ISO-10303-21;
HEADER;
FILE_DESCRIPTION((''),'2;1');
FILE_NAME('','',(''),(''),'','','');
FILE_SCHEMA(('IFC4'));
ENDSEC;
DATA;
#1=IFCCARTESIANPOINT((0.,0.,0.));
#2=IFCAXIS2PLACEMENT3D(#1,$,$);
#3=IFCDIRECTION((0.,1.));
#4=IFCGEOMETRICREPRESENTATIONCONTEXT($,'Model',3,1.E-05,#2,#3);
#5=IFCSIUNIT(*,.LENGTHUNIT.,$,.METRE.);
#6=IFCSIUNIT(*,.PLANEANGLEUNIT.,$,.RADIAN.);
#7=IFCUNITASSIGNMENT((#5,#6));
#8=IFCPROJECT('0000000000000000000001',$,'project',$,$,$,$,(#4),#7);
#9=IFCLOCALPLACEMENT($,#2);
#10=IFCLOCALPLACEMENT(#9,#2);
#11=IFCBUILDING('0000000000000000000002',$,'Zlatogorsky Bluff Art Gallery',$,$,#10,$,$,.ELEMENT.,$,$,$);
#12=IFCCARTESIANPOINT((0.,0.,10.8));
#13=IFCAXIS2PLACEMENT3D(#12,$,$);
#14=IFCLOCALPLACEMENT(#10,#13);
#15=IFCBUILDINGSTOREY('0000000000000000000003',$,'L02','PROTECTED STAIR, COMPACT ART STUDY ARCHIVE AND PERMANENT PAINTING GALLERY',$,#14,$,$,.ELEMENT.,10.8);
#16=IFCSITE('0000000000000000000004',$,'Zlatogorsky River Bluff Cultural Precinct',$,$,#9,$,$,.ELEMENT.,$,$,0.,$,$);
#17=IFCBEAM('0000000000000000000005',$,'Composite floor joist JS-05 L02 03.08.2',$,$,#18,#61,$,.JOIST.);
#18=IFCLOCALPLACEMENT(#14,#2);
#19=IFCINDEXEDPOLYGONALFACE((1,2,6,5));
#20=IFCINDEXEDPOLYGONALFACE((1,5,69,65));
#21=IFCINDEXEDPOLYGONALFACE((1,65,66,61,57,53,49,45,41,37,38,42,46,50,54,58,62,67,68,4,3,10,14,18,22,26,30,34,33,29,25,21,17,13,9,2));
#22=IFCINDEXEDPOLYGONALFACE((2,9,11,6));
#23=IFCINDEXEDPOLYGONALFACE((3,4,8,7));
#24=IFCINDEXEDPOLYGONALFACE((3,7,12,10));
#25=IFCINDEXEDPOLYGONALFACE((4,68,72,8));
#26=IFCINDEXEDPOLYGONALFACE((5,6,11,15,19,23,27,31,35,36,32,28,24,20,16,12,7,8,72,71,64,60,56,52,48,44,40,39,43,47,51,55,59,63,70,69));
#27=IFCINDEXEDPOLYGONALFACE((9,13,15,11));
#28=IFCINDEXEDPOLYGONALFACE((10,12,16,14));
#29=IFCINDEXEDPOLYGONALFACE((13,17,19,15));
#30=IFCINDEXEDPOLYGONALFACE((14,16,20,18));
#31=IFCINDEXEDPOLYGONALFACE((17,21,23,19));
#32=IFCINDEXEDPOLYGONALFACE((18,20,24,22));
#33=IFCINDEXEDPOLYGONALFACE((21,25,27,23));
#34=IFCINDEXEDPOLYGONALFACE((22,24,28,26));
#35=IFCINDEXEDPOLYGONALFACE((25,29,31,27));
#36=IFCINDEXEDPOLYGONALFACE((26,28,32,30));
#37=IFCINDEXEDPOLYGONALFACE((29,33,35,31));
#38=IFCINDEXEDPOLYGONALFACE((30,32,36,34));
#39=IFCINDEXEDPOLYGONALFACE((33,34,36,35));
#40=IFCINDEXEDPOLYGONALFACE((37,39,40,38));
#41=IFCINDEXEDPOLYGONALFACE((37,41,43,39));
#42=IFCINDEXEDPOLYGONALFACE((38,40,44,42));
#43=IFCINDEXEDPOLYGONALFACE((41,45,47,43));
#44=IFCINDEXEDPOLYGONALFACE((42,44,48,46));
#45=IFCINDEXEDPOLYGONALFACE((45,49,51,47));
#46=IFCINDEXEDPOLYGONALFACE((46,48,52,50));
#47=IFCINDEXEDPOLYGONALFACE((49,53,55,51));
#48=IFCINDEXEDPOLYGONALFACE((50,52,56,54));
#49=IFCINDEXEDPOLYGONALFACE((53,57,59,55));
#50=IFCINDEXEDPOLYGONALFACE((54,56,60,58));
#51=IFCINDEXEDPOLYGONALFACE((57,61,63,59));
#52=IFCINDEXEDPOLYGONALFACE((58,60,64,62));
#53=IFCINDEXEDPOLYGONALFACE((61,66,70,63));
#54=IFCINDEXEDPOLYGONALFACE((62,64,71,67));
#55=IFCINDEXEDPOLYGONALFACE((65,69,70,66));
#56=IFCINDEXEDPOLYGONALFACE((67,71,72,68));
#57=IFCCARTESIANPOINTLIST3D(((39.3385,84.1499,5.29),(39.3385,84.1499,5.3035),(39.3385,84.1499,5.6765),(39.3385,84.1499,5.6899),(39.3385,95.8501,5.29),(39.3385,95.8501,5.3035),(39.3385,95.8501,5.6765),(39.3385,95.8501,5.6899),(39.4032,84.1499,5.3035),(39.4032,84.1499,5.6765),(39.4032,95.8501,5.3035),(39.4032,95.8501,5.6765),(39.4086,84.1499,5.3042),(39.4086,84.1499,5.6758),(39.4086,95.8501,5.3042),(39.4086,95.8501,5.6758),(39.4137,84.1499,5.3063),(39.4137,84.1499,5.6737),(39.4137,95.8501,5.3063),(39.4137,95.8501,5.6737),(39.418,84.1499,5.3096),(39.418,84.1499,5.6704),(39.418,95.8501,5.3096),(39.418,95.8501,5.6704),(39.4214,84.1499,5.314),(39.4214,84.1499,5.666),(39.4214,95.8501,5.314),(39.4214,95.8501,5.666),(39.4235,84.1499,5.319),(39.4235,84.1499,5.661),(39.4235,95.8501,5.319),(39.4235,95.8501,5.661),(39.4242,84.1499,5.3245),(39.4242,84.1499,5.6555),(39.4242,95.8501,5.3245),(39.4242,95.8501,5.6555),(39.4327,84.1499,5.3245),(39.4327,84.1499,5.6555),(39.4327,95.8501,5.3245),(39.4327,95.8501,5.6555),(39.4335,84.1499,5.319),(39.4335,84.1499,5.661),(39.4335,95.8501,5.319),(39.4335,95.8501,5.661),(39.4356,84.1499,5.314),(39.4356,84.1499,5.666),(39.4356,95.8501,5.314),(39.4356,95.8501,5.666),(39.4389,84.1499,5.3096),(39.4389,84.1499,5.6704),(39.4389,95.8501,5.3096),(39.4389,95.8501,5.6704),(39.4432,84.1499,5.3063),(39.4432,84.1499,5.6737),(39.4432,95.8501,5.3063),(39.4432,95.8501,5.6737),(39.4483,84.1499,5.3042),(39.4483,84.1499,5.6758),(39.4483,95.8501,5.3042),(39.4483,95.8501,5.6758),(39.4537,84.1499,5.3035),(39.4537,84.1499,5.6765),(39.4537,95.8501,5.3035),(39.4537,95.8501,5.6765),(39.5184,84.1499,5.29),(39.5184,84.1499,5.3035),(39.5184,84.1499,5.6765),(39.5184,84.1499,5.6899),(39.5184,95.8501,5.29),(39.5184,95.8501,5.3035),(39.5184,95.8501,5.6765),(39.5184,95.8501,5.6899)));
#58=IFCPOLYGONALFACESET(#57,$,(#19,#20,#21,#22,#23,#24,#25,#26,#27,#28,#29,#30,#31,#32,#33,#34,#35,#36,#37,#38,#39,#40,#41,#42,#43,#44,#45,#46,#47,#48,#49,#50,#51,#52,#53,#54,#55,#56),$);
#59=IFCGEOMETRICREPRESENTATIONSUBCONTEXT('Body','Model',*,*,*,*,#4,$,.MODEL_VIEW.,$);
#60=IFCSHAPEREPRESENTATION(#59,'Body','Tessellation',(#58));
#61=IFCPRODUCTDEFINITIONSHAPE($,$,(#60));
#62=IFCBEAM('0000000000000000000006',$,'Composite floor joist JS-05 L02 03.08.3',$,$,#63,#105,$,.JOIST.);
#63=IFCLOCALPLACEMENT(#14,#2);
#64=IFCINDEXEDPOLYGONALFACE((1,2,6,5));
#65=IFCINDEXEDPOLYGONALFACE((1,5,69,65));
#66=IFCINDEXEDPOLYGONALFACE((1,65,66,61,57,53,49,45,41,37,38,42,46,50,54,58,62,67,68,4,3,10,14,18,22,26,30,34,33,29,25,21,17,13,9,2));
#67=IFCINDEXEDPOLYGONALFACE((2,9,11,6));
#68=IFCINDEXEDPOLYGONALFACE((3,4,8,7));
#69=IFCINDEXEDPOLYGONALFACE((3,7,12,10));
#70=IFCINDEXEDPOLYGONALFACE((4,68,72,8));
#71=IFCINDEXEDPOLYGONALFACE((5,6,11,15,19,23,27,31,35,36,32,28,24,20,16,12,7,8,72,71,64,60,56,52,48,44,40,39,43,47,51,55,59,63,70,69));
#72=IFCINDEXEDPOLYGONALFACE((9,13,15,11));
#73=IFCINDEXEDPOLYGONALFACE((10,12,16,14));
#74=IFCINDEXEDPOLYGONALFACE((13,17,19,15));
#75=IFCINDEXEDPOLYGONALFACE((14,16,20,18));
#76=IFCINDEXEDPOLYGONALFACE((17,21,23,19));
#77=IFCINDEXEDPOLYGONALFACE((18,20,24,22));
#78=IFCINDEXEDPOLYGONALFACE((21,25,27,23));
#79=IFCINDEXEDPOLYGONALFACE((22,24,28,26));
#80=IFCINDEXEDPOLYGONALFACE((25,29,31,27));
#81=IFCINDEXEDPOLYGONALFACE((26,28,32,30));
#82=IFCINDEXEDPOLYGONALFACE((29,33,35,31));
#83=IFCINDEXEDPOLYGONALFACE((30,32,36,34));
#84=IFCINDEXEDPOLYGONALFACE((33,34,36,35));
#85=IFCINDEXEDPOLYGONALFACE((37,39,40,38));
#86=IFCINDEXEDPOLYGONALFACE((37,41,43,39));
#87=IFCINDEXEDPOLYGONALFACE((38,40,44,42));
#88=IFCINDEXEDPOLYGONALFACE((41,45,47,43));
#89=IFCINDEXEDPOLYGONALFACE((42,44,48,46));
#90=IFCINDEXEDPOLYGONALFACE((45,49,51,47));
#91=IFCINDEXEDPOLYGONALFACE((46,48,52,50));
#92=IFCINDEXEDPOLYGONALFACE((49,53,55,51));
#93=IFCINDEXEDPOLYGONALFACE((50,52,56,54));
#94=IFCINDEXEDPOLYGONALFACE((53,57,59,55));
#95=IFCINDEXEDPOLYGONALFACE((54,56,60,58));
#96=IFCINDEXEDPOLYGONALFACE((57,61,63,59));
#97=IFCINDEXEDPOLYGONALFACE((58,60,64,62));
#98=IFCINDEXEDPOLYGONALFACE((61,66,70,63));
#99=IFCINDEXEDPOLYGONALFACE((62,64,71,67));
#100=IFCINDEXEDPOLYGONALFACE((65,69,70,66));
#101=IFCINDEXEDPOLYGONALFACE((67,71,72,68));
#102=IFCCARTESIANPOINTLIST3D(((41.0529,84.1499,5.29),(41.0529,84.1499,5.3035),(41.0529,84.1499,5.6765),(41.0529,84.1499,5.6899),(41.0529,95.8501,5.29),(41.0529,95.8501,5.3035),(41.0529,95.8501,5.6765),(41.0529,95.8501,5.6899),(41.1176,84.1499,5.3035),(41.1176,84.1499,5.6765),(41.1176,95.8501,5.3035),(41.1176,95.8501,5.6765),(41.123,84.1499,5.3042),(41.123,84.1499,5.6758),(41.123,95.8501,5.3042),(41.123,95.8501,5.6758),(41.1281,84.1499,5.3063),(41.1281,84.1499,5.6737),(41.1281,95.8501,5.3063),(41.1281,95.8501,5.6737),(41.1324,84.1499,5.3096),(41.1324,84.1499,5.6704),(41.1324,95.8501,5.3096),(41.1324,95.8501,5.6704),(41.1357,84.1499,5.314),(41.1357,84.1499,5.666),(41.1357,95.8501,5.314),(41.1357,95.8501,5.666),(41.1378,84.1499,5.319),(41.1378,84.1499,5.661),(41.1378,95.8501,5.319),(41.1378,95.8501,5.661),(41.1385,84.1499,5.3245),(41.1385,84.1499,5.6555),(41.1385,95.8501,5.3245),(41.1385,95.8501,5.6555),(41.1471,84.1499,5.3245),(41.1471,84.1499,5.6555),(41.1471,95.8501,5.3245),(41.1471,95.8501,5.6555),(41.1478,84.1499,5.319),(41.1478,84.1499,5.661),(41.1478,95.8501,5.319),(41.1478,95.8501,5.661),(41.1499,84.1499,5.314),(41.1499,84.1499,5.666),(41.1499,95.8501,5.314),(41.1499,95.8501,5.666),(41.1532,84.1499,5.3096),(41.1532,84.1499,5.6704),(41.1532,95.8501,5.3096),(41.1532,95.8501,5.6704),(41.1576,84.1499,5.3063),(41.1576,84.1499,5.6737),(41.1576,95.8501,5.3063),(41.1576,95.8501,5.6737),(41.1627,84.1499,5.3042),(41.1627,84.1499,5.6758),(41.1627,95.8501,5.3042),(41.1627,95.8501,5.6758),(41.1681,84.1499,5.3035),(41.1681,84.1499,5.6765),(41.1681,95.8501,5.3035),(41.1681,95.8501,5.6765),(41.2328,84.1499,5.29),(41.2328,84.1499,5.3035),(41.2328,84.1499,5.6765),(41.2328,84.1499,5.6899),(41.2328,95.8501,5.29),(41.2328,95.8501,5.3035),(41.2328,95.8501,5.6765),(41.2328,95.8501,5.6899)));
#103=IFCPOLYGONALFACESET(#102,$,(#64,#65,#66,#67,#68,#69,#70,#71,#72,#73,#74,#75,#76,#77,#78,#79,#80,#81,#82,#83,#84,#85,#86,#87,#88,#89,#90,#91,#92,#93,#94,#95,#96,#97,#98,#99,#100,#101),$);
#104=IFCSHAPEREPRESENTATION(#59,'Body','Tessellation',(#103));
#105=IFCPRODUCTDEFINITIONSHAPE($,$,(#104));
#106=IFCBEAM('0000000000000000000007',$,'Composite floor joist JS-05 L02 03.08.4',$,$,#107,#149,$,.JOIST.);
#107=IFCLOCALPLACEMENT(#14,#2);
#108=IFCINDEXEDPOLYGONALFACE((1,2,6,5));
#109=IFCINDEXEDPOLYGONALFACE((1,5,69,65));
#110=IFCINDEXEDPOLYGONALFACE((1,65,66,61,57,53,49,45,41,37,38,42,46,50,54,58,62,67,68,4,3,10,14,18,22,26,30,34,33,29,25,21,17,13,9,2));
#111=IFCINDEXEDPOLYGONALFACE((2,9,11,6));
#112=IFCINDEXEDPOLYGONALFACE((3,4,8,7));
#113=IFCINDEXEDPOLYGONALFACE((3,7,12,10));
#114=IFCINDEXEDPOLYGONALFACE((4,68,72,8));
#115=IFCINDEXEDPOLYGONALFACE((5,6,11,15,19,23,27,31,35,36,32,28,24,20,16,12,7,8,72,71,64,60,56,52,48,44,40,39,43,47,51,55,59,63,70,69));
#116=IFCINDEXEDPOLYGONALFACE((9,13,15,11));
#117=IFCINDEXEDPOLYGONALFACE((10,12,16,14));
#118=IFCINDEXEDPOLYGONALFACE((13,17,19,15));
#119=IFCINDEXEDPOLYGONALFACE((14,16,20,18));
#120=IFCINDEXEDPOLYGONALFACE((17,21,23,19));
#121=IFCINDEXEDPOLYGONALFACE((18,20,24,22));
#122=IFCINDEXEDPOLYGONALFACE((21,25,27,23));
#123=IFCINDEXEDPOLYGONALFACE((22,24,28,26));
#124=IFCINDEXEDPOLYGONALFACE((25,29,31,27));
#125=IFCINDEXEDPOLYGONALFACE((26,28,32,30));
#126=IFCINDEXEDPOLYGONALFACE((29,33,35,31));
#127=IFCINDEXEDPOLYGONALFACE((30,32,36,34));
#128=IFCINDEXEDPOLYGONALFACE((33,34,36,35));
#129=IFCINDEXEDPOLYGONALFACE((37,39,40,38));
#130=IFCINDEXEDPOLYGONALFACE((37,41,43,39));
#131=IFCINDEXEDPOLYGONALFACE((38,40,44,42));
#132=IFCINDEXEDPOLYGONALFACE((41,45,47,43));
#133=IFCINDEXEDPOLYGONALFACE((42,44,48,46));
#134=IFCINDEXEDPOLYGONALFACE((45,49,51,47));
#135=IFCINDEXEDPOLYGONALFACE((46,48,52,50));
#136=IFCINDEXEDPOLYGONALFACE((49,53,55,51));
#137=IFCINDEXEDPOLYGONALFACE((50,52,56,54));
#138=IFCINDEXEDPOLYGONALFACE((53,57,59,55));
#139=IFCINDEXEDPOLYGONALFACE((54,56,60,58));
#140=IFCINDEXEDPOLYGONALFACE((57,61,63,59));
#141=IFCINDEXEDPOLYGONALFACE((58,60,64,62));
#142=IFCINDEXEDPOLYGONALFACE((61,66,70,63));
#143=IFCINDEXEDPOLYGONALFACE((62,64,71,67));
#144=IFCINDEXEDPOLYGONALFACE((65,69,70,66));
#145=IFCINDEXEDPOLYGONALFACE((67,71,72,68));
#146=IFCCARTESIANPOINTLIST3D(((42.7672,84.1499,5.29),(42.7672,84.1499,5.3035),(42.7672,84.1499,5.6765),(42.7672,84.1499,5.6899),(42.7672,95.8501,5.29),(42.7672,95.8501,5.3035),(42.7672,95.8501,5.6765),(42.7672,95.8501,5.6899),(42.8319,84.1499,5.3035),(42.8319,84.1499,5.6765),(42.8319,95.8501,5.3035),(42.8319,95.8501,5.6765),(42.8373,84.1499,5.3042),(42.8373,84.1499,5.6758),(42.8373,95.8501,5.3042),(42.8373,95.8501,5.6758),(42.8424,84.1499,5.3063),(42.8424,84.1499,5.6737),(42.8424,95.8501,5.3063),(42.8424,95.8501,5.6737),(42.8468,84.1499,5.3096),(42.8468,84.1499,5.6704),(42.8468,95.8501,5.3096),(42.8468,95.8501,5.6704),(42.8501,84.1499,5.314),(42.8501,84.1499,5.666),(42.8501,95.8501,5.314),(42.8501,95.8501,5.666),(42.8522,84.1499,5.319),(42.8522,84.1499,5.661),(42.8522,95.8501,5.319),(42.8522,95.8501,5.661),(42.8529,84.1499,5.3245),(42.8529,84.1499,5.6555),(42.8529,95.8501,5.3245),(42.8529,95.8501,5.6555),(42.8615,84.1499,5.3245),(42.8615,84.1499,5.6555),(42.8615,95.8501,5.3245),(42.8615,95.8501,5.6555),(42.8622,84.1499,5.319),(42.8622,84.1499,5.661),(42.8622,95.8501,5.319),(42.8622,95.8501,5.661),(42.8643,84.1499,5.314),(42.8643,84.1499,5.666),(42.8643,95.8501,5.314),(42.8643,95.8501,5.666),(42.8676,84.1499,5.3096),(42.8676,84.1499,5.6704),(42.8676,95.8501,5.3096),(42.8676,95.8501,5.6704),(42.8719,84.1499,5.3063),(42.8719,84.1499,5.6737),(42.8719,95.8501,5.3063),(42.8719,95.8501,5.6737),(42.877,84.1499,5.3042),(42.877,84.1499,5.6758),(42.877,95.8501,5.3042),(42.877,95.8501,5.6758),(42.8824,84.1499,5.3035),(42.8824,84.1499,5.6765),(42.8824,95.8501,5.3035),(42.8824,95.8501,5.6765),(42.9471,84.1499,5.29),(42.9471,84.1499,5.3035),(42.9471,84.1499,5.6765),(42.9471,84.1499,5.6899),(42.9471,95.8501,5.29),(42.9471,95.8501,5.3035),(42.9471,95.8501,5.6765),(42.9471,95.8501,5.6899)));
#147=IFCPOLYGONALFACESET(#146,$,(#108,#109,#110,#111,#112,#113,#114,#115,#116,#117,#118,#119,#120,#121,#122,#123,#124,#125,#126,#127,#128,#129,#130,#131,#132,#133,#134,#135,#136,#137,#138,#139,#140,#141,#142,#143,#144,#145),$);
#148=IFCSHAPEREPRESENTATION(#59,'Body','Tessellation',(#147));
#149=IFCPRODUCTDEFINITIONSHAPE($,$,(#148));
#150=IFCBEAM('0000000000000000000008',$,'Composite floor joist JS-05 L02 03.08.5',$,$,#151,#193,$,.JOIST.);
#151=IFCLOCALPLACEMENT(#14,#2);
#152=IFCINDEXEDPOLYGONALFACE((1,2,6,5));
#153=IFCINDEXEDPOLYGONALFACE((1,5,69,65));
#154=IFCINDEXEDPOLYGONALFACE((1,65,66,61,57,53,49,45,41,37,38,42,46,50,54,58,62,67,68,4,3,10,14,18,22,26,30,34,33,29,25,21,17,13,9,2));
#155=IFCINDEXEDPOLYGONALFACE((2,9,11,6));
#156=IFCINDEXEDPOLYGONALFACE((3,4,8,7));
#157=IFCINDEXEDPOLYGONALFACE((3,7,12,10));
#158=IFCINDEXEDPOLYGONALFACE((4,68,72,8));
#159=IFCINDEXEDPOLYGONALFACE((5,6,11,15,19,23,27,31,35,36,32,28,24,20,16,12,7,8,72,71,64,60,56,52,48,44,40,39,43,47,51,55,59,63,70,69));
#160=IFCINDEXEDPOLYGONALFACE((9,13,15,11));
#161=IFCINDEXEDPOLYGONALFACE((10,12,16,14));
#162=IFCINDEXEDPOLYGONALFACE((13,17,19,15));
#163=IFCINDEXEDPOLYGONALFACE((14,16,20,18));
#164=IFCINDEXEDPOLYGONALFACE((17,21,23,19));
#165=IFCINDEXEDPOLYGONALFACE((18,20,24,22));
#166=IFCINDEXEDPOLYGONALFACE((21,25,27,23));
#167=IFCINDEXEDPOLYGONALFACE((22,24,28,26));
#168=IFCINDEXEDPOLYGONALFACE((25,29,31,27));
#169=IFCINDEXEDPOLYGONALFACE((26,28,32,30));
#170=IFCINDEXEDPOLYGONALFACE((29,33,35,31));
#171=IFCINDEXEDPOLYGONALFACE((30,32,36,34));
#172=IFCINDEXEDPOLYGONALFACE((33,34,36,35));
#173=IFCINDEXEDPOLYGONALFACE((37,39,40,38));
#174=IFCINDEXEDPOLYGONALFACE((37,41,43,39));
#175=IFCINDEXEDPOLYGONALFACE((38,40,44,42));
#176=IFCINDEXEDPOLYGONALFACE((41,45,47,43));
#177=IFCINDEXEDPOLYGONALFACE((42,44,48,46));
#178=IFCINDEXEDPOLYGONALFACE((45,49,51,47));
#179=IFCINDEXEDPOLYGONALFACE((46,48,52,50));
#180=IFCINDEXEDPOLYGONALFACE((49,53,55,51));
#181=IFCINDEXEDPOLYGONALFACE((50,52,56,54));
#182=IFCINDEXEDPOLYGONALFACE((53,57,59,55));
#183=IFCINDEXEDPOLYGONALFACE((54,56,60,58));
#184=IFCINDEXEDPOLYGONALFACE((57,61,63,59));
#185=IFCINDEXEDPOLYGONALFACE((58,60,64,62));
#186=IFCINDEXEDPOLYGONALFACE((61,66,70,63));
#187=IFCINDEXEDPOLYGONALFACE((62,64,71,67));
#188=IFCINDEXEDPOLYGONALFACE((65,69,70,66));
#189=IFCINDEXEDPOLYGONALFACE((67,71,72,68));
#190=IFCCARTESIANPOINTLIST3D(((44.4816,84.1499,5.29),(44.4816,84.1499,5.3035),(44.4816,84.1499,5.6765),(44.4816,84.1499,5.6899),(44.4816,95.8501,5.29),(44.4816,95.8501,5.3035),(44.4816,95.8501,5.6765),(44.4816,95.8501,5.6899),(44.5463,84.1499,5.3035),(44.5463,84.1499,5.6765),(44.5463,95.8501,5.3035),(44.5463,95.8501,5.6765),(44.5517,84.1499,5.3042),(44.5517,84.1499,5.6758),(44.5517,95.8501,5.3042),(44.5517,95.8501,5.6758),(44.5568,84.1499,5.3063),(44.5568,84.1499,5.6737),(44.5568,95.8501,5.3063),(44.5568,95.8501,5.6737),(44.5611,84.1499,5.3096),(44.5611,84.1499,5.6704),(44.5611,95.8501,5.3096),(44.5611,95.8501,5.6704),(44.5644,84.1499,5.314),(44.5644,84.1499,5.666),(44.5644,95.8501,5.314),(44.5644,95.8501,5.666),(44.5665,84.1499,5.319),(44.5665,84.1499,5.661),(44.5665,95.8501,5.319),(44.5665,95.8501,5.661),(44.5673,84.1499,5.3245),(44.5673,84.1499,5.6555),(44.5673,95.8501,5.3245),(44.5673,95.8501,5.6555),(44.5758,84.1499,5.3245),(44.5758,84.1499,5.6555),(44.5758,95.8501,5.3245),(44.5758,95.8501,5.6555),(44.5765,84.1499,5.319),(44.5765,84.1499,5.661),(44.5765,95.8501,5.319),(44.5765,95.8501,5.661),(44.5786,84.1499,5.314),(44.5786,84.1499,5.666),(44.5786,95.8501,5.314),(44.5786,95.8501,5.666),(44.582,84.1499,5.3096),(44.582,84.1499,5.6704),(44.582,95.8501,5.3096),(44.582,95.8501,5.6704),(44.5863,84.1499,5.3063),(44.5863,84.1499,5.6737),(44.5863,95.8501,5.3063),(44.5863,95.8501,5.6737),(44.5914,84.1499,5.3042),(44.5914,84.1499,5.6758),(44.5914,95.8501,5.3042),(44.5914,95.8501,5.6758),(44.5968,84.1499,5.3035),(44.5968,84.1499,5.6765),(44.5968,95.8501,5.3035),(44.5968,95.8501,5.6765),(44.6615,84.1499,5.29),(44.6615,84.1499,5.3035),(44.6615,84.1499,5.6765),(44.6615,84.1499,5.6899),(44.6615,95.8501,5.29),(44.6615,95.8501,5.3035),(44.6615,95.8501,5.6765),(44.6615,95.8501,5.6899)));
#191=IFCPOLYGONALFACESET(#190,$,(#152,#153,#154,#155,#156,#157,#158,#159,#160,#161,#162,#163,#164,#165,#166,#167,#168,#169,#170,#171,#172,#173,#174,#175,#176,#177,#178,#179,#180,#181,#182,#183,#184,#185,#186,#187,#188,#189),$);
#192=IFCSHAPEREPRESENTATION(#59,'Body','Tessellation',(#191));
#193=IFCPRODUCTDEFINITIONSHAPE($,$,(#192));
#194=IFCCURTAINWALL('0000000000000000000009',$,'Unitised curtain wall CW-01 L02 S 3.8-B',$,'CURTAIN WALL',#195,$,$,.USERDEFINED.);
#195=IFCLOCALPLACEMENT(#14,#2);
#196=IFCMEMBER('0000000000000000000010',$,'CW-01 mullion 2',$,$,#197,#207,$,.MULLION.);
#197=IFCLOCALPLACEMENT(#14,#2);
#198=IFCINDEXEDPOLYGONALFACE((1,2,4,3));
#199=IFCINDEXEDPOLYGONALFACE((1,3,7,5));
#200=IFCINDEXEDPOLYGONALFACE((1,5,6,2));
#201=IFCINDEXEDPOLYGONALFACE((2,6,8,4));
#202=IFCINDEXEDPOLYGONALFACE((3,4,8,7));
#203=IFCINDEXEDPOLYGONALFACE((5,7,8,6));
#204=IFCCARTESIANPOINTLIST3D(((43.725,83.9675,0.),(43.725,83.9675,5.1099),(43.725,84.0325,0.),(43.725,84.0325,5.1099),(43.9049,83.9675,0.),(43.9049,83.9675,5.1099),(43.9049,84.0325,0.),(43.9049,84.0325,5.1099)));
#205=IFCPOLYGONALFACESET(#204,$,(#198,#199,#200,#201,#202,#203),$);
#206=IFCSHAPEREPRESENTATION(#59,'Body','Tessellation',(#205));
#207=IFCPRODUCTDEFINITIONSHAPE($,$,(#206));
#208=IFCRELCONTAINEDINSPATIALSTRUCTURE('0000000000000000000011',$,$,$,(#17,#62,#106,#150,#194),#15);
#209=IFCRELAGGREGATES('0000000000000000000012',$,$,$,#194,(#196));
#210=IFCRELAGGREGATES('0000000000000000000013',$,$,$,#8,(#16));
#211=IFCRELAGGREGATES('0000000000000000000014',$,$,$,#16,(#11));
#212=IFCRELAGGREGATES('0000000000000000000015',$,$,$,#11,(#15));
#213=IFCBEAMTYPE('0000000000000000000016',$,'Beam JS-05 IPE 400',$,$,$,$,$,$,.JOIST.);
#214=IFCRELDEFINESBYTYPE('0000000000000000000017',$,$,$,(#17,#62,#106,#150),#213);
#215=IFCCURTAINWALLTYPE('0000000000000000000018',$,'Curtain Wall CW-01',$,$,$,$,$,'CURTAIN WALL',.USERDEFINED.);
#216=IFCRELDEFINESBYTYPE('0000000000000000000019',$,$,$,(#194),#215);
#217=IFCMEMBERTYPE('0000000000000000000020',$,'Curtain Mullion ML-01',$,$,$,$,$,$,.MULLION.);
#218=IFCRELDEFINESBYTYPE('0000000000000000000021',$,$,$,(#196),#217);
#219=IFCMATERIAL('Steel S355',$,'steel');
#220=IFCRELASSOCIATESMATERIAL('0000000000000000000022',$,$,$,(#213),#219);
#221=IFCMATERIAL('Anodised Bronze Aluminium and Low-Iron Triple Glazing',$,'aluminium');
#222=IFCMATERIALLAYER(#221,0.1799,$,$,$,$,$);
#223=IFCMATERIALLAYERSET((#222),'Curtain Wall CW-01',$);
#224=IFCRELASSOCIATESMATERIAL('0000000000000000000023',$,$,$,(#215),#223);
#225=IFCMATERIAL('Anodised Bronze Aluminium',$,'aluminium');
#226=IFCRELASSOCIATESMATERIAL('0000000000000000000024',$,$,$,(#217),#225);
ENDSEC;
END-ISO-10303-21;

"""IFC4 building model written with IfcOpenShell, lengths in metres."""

from ifc_helpers import new_model, si_unit, direction, frame, origin, origin_2d, place, context, subcontext, project, spatial, rectangle, i_section, extrude, material, layer, layer_set, material_profile, profile_set, type_object, element, aggregate, save


model = new_model("IFC4")

# Units and contexts
model_context = context("Model", 3, precision=1e-05, world=origin(), true_north=direction((0.0, 1.0)))
body_context = subcontext(model_context, "Body", "Model", "MODEL_VIEW")
ifc_project = project(units=[si_unit("LENGTHUNIT", "METRE"), si_unit("PLANEANGLEUNIT", "RADIAN")], contexts=[model_context])

# Site, building, storey
site_placement = place(None, origin())
site = spatial("IfcSite", under=ifc_project, at=site_placement, Name="Zlatogorsky River Bluff Cultural Precinct", CompositionType="ELEMENT", RefElevation=0.0)
building_placement = place(site_placement, origin())
building = spatial("IfcBuilding", under=site, at=building_placement, Name="Zlatogorsky Bluff Art Gallery", CompositionType="ELEMENT")
storey_placement = place(building_placement, frame((0.0, 0.0, 10.8)))
storey = spatial("IfcBuildingStorey", under=building, at=storey_placement, Name="L02", Description="PROTECTED STAIR, COMPACT ART STUDY ARCHIVE AND PERMANENT PAINTING GALLERY", CompositionType="ELEMENT", Elevation=10.8)

# Beams
ifc_material_1 = material(Name="Steel S355", Category="steel")
ifc_material_profile_1 = material_profile(ifc_material_1, i_section(OverallWidth=0.1799, OverallDepth=0.3999, WebThickness=0.0085, FlangeThickness=0.0134, FilletRadius=0.021, at=origin_2d()), Name="IPE 400")
ifc_profile_set_1 = profile_set([ifc_material_profile_1], Name="Steel S355")
beam_type = type_object("IfcBeamType", Name="Beam JS-05 IPE 400", PredefinedType="JOIST", material=ifc_profile_set_1)
for number, where, z_axis, x_axis, name in (
    (1, (39.4285, 84.1499, 5.49), (0.0, 1.0, 0.0), (-1.0, 0.0, 0.0), "Composite floor joist JS-05 L02 03.08.2"),
    (2, (41.1428, 84.1499, 5.49), (0.0, 1.0, 0.0), (-1.0, 0.0, 0.0), "Composite floor joist JS-05 L02 03.08.3"),
    (3, (42.8572, 84.1499, 5.49), (0.0, 1.0, 0.0), (-1.0, 0.0, 0.0), "Composite floor joist JS-05 L02 03.08.4"),
    (4, (44.5715, 84.1499, 5.49), (0.0, 1.0, 0.0), (-1.0, 0.0, 0.0), "Composite floor joist JS-05 L02 03.08.5"),
):
    element("IfcBeam", number, at=place(storey_placement, frame(where, z_axis=z_axis, x_axis=x_axis)), inside=storey, type_object=beam_type, Name=name, PredefinedType="JOIST", context=body_context, shape_type="SweptSolid", body=[
        extrude(i_section(OverallWidth=0.1799, OverallDepth=0.3999, WebThickness=0.0085, FlangeThickness=0.0134, FilletRadius=0.021, at=origin_2d()), origin(), (0.0, 0.0, 1.0), 11.7002),
    ])

# Curtain wall, member
ifc_material_2 = material(Name="Anodised Bronze Aluminium and Low-Iron Triple Glazing", Category="aluminium")
ifc_layer_1 = layer(ifc_material_2, 0.1799)
ifc_layer_set_1 = layer_set([ifc_layer_1], Name="Curtain Wall CW-01")
curtain_wall_type = type_object("IfcCurtainWallType", Name="Curtain Wall CW-01", ElementType="CURTAIN WALL", PredefinedType="USERDEFINED", material=ifc_layer_set_1)
curtain_wall_placement = place(storey_placement, origin())
curtain_wall = element("IfcCurtainWall", 5, at=curtain_wall_placement, inside=storey, type_object=curtain_wall_type, Name="Unitised curtain wall CW-01 L02 S 3.8-B", ObjectType="CURTAIN WALL", PredefinedType="USERDEFINED")
ifc_material_3 = material(Name="Anodised Bronze Aluminium", Category="aluminium")
ifc_material_profile_2 = material_profile(ifc_material_3, rectangle(XDim=0.0649, YDim=0.1799, at=origin_2d()), Name="ALU MULLION 65x180")
ifc_profile_set_2 = profile_set([ifc_material_profile_2], Name="Anodised Bronze Aluminium")
member_type_1 = type_object("IfcMemberType", Name="Curtain Mullion ML-01", PredefinedType="MULLION", material=ifc_profile_set_2)
member_1_placement = place(storey_placement, frame((43.8149, 84.0, 0.0), z_axis=(0.0, 0.0, 1.0), x_axis=(0.0, 1.0, 0.0)))
member_1 = element("IfcMember", 6, at=member_1_placement, type_object=member_type_1, Name="CW-01 mullion 2", PredefinedType="MULLION", context=body_context, shape_type="SweptSolid", body=[
    extrude(rectangle(XDim=0.0649, YDim=0.1799, at=origin_2d()), origin(), (0.0, 0.0, 1.0), 5.1099),
])
aggregate(curtain_wall, [member_1])

save(model, "model.ifc")
